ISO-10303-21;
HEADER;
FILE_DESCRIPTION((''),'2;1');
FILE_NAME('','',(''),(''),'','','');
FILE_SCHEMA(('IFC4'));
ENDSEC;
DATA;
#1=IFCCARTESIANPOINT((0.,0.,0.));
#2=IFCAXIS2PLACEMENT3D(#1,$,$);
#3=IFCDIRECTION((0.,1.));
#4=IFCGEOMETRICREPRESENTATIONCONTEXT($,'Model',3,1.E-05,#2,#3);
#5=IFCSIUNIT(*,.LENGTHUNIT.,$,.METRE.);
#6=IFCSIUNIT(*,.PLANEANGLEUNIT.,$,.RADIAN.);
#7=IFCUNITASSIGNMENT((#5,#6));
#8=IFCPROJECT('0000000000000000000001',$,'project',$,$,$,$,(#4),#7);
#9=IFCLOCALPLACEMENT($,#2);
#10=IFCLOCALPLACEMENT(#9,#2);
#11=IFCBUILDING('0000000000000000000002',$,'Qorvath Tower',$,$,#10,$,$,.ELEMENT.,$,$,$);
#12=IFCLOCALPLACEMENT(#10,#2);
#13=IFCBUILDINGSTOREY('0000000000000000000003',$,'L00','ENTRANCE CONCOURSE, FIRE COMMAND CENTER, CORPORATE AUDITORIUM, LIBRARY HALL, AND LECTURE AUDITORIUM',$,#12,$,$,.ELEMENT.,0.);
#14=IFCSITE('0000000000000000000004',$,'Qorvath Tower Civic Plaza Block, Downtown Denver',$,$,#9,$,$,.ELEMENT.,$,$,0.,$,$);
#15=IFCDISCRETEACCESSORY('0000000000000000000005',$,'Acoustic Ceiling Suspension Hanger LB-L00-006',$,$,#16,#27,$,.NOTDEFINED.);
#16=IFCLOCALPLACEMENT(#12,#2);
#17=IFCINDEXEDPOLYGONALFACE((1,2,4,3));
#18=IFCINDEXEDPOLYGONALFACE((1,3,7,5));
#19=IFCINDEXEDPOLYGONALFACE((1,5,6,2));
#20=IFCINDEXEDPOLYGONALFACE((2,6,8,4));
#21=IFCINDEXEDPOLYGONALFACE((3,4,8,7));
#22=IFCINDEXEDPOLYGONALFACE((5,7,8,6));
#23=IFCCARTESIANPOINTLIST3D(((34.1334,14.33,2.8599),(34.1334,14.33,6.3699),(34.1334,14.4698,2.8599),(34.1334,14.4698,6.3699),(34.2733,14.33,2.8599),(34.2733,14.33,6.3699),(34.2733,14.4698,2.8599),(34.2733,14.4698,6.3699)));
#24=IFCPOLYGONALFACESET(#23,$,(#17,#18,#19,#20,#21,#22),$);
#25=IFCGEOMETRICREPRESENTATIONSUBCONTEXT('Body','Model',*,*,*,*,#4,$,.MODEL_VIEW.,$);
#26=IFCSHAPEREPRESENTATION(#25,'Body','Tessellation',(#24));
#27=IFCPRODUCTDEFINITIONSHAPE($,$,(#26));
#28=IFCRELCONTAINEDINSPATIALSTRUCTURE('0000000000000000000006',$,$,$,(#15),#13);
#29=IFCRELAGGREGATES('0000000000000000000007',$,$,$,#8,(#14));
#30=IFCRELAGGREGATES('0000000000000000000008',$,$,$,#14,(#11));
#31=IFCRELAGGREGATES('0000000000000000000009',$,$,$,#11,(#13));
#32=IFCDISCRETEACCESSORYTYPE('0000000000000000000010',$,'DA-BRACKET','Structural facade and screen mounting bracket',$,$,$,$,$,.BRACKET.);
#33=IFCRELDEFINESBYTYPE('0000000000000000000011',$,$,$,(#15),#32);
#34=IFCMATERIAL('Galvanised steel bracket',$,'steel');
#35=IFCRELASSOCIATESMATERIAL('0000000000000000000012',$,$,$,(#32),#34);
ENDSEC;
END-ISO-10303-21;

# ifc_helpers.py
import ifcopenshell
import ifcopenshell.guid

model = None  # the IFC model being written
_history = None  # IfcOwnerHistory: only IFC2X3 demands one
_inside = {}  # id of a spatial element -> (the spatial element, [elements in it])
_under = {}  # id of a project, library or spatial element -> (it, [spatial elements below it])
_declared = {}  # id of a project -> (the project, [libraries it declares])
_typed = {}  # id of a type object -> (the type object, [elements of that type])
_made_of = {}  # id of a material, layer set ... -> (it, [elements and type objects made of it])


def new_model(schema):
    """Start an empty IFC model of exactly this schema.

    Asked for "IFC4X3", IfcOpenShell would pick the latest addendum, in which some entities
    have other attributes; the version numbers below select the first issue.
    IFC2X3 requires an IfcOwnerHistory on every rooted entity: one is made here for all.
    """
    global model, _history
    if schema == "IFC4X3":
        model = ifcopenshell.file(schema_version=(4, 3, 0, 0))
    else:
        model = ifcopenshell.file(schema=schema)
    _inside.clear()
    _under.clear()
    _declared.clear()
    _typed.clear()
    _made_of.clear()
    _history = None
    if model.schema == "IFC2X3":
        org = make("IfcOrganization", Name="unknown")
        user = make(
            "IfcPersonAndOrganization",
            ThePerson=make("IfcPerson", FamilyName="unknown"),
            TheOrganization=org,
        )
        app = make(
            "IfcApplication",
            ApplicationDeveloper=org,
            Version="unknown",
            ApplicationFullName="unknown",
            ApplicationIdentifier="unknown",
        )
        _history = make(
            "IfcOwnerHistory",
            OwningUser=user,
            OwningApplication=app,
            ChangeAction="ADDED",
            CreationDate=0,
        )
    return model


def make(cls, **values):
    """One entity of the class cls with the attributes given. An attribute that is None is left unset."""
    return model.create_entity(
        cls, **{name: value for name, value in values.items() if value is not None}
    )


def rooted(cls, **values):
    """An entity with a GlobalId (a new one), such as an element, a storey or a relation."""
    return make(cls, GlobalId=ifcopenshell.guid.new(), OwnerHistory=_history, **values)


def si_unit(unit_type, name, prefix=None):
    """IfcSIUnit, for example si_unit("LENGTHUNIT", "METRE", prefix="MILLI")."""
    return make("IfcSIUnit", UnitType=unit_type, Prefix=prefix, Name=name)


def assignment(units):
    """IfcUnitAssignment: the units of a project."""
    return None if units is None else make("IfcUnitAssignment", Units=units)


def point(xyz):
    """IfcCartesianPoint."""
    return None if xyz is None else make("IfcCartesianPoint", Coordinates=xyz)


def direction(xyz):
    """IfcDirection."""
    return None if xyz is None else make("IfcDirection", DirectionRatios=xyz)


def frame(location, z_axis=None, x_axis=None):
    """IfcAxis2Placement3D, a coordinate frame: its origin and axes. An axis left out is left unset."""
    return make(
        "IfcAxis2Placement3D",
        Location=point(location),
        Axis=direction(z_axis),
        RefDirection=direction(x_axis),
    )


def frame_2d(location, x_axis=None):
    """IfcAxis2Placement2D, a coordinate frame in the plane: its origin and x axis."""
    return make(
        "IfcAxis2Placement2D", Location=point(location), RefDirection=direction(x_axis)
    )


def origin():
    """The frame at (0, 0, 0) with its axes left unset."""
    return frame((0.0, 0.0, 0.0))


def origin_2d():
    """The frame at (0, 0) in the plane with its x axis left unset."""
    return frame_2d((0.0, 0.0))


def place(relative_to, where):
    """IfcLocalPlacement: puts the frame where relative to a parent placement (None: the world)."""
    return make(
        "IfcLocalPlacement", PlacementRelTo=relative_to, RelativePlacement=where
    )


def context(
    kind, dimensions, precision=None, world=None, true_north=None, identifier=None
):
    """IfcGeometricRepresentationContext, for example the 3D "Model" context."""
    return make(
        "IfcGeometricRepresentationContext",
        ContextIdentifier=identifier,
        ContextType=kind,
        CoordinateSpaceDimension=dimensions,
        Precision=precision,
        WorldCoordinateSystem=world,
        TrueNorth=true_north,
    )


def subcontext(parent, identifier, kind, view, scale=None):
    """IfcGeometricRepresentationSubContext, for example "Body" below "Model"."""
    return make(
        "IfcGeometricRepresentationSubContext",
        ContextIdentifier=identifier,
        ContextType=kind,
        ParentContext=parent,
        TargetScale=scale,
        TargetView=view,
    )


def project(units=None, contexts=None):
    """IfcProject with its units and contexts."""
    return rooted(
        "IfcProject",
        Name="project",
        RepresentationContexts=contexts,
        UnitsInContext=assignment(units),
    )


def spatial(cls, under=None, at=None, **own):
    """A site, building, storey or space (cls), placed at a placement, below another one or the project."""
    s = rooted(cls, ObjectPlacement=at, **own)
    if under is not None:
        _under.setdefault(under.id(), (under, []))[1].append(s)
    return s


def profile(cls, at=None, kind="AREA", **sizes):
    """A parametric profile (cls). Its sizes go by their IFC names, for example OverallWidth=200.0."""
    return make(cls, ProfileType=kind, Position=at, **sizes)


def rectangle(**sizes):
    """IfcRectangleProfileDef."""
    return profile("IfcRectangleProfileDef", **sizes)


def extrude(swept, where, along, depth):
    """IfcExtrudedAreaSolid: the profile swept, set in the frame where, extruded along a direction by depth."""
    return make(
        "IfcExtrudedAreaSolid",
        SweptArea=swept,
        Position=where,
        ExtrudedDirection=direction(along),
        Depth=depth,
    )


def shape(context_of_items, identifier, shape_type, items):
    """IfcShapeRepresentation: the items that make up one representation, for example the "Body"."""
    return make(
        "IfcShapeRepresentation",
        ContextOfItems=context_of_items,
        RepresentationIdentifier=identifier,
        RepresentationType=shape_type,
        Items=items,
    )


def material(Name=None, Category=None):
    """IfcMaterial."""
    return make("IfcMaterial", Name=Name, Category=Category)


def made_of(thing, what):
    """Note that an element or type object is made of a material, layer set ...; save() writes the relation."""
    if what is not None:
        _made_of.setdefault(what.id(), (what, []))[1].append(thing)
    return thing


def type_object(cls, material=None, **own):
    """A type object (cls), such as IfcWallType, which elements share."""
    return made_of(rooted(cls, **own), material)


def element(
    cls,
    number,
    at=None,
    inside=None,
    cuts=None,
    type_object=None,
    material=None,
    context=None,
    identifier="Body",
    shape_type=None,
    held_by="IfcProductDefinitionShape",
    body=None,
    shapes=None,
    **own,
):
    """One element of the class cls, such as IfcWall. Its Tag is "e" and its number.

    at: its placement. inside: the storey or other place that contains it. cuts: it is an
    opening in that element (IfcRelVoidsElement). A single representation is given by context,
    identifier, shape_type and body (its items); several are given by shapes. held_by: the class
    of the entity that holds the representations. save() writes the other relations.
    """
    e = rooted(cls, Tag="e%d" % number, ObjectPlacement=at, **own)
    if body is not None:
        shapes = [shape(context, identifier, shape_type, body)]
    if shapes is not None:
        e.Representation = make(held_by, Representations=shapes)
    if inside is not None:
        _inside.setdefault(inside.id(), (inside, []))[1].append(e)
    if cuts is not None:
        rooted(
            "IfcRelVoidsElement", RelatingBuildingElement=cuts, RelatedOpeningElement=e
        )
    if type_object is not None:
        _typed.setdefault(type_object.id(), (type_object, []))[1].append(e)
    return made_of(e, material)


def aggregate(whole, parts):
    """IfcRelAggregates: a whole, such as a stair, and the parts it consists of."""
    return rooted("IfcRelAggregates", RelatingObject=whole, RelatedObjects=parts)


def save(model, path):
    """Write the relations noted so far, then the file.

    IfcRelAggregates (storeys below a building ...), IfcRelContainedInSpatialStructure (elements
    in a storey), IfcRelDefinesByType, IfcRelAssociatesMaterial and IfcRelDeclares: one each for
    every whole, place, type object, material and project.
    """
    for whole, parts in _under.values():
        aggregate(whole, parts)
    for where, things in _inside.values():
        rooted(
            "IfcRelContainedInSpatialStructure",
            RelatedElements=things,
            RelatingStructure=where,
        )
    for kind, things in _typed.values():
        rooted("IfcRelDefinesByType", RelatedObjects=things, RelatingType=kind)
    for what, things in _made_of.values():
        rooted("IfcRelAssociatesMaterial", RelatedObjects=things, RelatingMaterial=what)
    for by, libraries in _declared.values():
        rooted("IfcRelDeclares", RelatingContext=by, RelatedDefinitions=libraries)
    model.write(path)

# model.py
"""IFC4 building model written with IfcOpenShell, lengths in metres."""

from ifc_helpers import new_model, si_unit, direction, frame, origin, origin_2d, place, context, subcontext, project, spatial, rectangle, extrude, material, type_object, element, save


model = new_model("IFC4")

# Units and contexts
model_context = context("Model", 3, precision=1e-05, world=origin(), true_north=direction((0.0, 1.0)))
body_context = subcontext(model_context, "Body", "Model", "MODEL_VIEW")
ifc_project = project(units=[si_unit("LENGTHUNIT", "METRE"), si_unit("PLANEANGLEUNIT", "RADIAN")], contexts=[model_context])

# Site, building, storey
site_placement = place(None, origin())
site = spatial("IfcSite", under=ifc_project, at=site_placement, Name="Qorvath Tower Civic Plaza Block, Downtown Denver", CompositionType="ELEMENT", RefElevation=0.0)
building_placement = place(site_placement, origin())
building = spatial("IfcBuilding", under=site, at=building_placement, Name="Qorvath Tower", CompositionType="ELEMENT")
storey_placement = place(building_placement, origin())
storey = spatial("IfcBuildingStorey", under=building, at=storey_placement, Name="L00", Description="ENTRANCE CONCOURSE, FIRE COMMAND CENTER, CORPORATE AUDITORIUM, LIBRARY HALL, AND LECTURE AUDITORIUM", CompositionType="ELEMENT", Elevation=0.0)

# Discrete accessory
ifc_material_1 = material(Name="Galvanised steel bracket", Category="steel")
discrete_accessory_type = type_object("IfcDiscreteAccessoryType", Name="DA-BRACKET", Description="Structural facade and screen mounting bracket", PredefinedType="BRACKET", material=ifc_material_1)
discrete_accessory_placement = place(storey_placement, frame((34.2034, 14.3999, 2.8599), z_axis=(0.0, 0.0, 1.0), x_axis=(1.0, 0.0, 0.0)))
element("IfcDiscreteAccessory", 1, at=discrete_accessory_placement, inside=storey, type_object=discrete_accessory_type, Name="Acoustic Ceiling Suspension Hanger LB-L00-006", PredefinedType="NOTDEFINED", context=body_context, shape_type="SweptSolid", body=[
    extrude(rectangle(XDim=0.1399, YDim=0.1399, at=origin_2d()), origin(), (0.0, 0.0, 1.0), 3.51),
])

save(model, "model.ifc")
